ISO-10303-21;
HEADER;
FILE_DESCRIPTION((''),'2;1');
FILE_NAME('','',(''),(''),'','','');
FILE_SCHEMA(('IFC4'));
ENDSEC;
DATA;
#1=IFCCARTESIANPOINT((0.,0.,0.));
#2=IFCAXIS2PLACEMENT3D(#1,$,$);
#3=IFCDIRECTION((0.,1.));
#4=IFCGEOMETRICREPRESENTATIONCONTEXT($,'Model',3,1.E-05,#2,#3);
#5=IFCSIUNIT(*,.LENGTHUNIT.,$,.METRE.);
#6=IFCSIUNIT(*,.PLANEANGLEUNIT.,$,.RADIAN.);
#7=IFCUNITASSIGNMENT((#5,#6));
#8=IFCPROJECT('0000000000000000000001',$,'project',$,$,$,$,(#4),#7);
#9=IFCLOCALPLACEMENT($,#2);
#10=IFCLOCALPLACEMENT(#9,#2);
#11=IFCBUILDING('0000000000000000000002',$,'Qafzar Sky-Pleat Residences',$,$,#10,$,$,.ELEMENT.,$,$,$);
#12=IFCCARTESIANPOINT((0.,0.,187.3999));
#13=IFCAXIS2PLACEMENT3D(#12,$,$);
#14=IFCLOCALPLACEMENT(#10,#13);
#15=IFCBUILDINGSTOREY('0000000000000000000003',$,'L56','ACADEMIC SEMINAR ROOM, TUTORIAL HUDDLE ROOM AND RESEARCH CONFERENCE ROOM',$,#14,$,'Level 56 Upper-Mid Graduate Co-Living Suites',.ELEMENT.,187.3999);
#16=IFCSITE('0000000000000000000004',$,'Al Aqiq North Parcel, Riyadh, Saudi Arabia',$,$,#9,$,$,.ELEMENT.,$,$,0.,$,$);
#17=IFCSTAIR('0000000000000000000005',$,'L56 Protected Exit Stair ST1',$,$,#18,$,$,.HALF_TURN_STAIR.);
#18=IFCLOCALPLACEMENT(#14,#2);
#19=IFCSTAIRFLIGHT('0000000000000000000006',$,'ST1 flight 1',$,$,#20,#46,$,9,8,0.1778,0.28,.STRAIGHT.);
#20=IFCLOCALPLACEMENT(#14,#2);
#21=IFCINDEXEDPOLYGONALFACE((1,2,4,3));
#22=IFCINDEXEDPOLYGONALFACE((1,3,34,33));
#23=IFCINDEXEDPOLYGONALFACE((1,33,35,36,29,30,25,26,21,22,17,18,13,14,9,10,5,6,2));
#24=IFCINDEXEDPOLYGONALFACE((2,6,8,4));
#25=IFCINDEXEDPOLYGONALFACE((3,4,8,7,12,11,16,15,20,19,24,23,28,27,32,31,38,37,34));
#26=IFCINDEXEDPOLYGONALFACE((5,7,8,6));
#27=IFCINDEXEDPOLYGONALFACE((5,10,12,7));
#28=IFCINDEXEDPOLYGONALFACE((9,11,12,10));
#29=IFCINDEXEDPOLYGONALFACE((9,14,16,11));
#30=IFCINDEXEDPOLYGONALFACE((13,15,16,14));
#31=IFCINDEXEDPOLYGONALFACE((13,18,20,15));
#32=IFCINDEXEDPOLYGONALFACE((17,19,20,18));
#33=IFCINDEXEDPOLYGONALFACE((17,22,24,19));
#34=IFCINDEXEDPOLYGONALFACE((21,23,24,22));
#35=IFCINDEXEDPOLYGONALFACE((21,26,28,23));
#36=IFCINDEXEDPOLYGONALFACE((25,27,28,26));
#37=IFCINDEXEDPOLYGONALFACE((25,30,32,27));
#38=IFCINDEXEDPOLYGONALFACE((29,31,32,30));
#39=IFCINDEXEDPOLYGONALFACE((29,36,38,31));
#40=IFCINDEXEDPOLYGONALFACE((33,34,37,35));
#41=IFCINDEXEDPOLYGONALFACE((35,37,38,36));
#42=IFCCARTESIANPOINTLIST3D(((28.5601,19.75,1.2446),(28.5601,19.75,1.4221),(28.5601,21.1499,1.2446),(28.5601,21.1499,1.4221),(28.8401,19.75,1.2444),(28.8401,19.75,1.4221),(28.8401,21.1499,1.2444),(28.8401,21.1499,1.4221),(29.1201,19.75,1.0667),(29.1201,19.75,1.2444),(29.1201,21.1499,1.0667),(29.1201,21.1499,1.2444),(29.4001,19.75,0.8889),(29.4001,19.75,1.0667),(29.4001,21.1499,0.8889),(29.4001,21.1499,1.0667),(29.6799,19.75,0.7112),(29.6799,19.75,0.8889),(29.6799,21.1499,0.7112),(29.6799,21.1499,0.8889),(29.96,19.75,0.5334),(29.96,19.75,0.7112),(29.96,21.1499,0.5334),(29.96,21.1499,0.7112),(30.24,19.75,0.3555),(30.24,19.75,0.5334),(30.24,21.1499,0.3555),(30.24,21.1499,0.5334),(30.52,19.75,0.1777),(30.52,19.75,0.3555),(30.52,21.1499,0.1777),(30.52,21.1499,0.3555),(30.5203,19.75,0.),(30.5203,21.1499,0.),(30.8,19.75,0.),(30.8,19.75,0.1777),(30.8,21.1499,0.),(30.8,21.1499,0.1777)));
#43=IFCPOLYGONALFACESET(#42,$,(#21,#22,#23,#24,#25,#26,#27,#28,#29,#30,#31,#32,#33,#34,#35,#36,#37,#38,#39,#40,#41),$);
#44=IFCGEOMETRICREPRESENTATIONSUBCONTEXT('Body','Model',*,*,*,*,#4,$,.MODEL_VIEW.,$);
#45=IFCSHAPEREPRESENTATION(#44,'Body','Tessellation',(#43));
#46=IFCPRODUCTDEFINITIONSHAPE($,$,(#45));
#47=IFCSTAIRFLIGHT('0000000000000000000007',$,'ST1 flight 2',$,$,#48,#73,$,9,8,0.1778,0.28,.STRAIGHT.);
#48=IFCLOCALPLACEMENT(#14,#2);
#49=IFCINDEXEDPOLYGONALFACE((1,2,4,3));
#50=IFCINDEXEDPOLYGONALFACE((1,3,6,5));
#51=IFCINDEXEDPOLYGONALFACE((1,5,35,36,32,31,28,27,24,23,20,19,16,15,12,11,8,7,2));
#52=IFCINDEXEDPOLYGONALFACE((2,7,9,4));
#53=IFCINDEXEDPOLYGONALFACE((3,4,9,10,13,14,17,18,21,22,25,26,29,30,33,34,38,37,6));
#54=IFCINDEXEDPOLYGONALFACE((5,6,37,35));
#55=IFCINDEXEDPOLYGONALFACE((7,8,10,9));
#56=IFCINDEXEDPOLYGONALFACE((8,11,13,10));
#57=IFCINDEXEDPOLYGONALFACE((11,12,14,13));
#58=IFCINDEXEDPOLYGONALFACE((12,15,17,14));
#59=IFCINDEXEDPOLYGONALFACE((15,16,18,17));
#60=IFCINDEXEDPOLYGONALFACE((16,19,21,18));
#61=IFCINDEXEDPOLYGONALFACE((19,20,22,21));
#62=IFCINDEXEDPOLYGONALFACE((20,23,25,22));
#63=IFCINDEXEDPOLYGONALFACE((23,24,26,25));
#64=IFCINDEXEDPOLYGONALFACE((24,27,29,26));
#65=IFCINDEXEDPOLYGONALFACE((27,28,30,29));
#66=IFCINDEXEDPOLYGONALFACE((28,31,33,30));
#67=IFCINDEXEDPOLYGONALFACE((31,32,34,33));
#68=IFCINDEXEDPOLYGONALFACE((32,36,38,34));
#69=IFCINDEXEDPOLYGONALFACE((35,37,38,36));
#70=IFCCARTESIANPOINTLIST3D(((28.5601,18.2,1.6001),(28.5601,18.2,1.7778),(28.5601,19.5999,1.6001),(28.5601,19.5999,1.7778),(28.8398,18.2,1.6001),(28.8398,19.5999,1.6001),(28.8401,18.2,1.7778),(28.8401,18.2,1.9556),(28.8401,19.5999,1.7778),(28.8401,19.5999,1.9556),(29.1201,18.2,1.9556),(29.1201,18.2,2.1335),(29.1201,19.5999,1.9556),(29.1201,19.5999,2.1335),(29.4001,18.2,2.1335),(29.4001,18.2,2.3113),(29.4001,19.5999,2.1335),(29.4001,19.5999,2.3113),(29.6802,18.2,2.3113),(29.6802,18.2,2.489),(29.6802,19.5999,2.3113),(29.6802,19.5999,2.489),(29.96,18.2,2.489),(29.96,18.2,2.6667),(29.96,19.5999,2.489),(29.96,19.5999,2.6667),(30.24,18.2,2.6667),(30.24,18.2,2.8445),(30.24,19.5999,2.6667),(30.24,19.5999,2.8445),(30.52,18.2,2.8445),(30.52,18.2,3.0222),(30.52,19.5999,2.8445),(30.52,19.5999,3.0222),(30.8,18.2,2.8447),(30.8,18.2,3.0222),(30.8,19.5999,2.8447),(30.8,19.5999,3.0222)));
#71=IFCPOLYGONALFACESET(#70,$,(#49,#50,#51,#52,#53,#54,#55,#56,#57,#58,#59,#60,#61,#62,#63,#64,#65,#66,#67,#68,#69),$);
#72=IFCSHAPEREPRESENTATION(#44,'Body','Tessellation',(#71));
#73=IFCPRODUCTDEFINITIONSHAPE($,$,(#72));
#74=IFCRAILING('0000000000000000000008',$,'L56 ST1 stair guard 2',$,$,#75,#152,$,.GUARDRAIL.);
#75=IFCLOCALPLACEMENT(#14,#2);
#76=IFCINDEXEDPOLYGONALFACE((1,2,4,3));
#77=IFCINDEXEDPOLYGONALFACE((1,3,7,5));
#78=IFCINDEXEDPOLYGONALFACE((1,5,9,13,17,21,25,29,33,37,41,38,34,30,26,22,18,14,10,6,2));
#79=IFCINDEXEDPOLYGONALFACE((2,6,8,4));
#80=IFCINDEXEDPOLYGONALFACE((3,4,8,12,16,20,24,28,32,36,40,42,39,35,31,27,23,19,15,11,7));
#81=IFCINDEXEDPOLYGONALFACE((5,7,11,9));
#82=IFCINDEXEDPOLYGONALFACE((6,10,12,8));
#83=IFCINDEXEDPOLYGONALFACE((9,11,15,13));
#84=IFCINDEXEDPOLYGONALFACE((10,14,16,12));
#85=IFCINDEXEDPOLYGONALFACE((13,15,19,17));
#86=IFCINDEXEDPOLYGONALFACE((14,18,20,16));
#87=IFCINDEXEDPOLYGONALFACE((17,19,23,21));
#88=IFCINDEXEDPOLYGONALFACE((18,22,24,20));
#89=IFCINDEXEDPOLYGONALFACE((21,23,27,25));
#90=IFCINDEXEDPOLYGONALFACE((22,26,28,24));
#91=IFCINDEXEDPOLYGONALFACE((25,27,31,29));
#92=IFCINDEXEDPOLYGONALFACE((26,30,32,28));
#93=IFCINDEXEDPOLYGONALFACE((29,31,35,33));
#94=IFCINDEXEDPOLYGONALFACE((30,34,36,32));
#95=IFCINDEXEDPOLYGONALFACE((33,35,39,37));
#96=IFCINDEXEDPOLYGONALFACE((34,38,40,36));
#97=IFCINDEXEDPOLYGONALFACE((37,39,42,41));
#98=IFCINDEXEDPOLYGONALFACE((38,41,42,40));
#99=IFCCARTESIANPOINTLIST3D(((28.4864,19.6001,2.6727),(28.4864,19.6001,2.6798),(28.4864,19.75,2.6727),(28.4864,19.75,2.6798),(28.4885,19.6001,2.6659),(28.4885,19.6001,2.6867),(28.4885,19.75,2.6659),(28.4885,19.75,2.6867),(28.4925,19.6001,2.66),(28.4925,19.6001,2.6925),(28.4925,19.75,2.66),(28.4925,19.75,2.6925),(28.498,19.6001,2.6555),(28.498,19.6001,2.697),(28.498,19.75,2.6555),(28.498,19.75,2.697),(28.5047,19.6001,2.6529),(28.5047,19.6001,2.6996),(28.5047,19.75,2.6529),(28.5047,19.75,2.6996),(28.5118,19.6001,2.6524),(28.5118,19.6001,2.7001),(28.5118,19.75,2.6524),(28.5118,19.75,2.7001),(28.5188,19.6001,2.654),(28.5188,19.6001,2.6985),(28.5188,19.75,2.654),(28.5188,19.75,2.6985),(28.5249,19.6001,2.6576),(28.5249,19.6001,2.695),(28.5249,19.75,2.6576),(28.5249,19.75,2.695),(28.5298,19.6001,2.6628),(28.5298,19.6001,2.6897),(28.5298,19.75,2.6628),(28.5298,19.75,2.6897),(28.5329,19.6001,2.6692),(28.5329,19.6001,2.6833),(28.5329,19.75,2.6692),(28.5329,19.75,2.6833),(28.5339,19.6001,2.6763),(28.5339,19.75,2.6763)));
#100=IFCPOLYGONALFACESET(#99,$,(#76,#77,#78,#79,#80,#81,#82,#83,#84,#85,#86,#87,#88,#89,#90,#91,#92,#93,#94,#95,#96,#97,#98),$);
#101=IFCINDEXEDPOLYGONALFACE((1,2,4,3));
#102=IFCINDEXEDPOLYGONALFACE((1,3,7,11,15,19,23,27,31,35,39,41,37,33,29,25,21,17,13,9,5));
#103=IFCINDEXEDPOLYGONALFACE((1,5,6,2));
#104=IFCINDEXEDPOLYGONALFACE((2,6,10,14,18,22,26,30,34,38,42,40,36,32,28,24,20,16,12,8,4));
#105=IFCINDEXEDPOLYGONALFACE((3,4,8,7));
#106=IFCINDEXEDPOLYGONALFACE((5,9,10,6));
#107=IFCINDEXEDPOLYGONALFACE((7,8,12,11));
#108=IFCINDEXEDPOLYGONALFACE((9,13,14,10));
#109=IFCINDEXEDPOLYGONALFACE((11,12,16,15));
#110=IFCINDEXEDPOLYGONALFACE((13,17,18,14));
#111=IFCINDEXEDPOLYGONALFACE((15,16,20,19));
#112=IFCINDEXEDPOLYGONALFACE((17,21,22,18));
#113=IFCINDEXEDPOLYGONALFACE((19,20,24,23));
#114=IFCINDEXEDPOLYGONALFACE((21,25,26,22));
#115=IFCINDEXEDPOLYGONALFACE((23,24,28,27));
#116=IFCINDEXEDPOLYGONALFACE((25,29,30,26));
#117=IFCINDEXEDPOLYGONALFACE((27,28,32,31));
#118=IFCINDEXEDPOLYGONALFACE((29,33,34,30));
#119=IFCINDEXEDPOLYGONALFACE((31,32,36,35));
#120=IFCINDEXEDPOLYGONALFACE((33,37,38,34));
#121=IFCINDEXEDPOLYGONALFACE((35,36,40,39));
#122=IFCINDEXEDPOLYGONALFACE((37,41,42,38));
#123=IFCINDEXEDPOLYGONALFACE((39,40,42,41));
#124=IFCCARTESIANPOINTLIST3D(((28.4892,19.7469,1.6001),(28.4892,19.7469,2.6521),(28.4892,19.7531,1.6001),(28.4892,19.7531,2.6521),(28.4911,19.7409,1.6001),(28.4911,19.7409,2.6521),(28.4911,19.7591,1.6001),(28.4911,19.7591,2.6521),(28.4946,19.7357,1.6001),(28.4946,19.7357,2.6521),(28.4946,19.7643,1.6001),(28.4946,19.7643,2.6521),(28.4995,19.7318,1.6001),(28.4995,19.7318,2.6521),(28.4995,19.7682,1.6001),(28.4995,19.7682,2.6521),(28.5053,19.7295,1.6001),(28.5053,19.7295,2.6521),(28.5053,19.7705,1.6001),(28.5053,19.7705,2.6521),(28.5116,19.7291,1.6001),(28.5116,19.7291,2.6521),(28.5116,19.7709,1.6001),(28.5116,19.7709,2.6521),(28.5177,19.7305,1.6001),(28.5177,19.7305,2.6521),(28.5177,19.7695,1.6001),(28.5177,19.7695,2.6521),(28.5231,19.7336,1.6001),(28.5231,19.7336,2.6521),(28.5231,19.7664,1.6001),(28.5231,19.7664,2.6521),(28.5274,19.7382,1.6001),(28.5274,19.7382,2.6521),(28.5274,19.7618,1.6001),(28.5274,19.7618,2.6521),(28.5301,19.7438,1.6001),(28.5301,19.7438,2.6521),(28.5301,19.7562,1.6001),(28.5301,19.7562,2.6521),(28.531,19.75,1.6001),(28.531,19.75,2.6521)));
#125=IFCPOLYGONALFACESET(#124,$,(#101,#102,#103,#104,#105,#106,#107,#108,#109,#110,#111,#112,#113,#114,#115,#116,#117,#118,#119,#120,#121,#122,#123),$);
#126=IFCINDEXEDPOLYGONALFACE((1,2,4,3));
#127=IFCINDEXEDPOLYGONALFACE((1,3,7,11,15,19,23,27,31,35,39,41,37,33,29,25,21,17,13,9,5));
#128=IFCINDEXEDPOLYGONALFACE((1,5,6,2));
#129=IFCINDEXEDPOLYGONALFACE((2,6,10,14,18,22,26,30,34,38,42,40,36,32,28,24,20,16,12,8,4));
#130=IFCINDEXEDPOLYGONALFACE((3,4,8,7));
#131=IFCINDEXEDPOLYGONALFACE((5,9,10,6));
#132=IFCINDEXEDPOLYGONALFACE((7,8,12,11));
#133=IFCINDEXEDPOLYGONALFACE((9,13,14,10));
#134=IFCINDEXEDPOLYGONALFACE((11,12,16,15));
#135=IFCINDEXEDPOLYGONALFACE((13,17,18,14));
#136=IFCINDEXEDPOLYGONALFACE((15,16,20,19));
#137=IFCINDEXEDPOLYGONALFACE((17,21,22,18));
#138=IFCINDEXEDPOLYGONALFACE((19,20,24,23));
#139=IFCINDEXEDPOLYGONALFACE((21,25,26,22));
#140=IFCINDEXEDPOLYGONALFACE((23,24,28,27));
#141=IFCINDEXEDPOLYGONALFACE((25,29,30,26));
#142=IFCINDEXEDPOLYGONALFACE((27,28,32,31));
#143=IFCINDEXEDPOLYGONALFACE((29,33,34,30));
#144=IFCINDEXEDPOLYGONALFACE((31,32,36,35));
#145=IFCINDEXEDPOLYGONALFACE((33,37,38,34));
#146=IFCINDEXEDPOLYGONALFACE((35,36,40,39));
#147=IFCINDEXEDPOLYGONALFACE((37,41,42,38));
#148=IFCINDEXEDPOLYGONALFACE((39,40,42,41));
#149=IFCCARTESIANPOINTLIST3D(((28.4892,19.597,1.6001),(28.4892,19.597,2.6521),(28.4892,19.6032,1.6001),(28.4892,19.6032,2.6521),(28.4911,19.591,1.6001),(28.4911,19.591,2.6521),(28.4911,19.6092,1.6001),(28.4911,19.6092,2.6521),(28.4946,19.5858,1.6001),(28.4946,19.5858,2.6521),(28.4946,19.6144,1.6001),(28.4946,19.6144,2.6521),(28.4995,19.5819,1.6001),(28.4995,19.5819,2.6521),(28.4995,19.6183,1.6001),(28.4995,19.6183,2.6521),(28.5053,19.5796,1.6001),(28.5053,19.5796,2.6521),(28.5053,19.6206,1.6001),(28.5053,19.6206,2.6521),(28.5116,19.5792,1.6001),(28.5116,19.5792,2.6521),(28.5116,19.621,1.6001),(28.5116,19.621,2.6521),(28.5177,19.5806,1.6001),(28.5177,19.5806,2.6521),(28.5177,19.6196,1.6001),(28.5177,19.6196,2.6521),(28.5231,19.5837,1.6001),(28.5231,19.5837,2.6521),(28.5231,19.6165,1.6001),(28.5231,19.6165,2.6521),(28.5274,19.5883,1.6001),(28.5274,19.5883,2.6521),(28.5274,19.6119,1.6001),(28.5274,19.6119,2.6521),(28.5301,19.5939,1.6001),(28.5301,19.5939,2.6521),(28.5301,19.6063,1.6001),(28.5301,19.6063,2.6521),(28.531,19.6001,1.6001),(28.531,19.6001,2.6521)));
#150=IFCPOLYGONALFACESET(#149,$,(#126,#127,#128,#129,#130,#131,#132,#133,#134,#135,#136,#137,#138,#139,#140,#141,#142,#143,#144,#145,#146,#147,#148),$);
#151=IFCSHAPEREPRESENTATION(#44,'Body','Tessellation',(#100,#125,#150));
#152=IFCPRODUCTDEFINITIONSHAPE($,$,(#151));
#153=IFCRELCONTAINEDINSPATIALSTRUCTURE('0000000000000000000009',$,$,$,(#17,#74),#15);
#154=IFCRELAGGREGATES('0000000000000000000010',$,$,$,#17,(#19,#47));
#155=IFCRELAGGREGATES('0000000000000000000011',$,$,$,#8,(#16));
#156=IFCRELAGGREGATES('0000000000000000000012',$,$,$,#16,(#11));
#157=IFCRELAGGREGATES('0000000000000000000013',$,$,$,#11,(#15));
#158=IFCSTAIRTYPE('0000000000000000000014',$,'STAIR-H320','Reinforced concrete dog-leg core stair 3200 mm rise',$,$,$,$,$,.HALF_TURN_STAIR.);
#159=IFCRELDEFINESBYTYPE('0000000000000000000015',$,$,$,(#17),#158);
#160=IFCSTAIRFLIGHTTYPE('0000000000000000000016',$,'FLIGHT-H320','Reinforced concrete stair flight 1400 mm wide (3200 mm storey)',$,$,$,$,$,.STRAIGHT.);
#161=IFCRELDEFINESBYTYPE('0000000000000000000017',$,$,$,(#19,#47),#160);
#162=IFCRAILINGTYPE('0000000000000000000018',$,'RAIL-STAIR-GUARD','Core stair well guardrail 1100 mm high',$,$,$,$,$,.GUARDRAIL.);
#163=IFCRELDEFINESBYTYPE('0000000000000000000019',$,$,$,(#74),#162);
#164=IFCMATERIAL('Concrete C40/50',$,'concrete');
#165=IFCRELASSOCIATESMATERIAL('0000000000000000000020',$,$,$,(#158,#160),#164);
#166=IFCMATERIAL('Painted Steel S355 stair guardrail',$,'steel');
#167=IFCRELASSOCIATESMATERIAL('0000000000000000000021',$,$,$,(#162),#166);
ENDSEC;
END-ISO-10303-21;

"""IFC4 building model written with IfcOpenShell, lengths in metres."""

from ifc_helpers import new_model, si_unit, direction, frame, origin, origin_2d, place, context, subcontext, project, spatial, polyline, circle, outline, extrude, source, transform, mapped, material, type_object, element, aggregate, save


model = new_model("IFC4")

# Units and contexts
model_context = context("Model", 3, precision=1e-05, world=origin(), true_north=direction((0.0, 1.0)))
body_context = subcontext(model_context, "Body", "Model", "MODEL_VIEW")
ifc_project = project(units=[si_unit("LENGTHUNIT", "METRE"), si_unit("PLANEANGLEUNIT", "RADIAN")], contexts=[model_context])

# Site, building, storey
site_placement = place(None, origin())
site = spatial("IfcSite", under=ifc_project, at=site_placement, Name="Al Aqiq North Parcel, Riyadh, Saudi Arabia", CompositionType="ELEMENT", RefElevation=0.0)
building_placement = place(site_placement, origin())
building = spatial("IfcBuilding", under=site, at=building_placement, Name="Qafzar Sky-Pleat Residences", CompositionType="ELEMENT")
storey_placement = place(building_placement, frame((0.0, 0.0, 187.3999)))
storey = spatial("IfcBuildingStorey", under=building, at=storey_placement, Name="L56", Description="ACADEMIC SEMINAR ROOM, TUTORIAL HUDDLE ROOM AND RESEARCH CONFERENCE ROOM", LongName="Level 56 Upper-Mid Graduate Co-Living Suites", CompositionType="ELEMENT", Elevation=187.3999)

# Stair, stair flights
ifc_material_1 = material(Name="Concrete C40/50", Category="concrete")
stair_type = type_object("IfcStairType", Name="STAIR-H320", Description="Reinforced concrete dog-leg core stair 3200 mm rise", PredefinedType="HALF_TURN_STAIR", material=ifc_material_1)
stair_placement = place(storey_placement, origin())
stair = element("IfcStair", 1, at=stair_placement, inside=storey, type_object=stair_type, Name="L56 Protected Exit Stair ST1", PredefinedType="HALF_TURN_STAIR")
stair_flight_type = type_object("IfcStairFlightType", Name="FLIGHT-H320", Description="Reinforced concrete stair flight 1400 mm wide (3200 mm storey)", PredefinedType="STRAIGHT", material=ifc_material_1)
shared_shape_1 = source(origin(), body_context, "Body", "SweptSolid", [
    extrude(outline(polyline([(0.0, 0.0), (0.0, 0.1777), (0.28, 0.1777), (0.28, 0.3555), (0.5601, 0.3555), (0.5601, 0.5334), (0.8401, 0.5334), (0.8401, 0.7112), (1.1201, 0.7112), (1.1201, 0.8889), (1.3999, 0.8889), (1.3999, 1.0667), (1.6799, 1.0667), (1.6799, 1.2444), (1.96, 1.2444), (1.96, 1.4221), (2.24, 1.4221), (2.24, 1.6001), (2.24, 1.2446), (0.2798, 0.0), (0.0, 0.0)])), frame((0.0, 0.7, 0.0), z_axis=(0.0, -1.0, 0.0), x_axis=(1.0, 0.0, 0.0)), (0.0, 0.0, 1.0), 1.3999),
])
stair_flight_1_placement = place(storey_placement, frame((30.8, 20.45, 0.0), z_axis=(0.0, 0.0, 1.0), x_axis=(-1.0, 0.0, 0.0)))
stair_flight_1 = element("IfcStairFlight", 2, at=stair_flight_1_placement, type_object=stair_flight_type, Name="ST1 flight 1", NumberOfRisers=9, NumberOfTreads=8, PredefinedType="STRAIGHT", RiserHeight=0.1778, TreadLength=0.28, context=body_context, shape_type="MappedRepresentation", body=[
    mapped(shared_shape_1, transform((0.0, 0.0, 0.0), x_axis=(1.0, 0.0, 0.0), y_axis=(0.0, 1.0, 0.0), z_axis=(0.0, 0.0, 1.0), scale=1.0)),
])
stair_flight_2_placement = place(storey_placement, frame((28.5601, 18.8999, 1.6001), z_axis=(0.0, 0.0, 1.0), x_axis=(1.0, 0.0, 0.0)))
stair_flight_2 = element("IfcStairFlight", 3, at=stair_flight_2_placement, type_object=stair_flight_type, Name="ST1 flight 2", NumberOfRisers=9, NumberOfTreads=8, PredefinedType="STRAIGHT", RiserHeight=0.1778, TreadLength=0.28, context=body_context, shape_type="MappedRepresentation", body=[
    mapped(shared_shape_1, transform((0.0, 0.0, 0.0), x_axis=(1.0, 0.0, 0.0), y_axis=(0.0, 1.0, 0.0), z_axis=(0.0, 0.0, 1.0), scale=1.0)),
])
aggregate(stair, [stair_flight_1, stair_flight_2])

# Railing
ifc_material_2 = material(Name="Painted Steel S355 stair guardrail", Category="steel")
railing_type_1 = type_object("IfcRailingType", Name="RAIL-STAIR-GUARD", Description="Core stair well guardrail 1100 mm high", PredefinedType="GUARDRAIL", material=ifc_material_2)
shared_shape_2 = source(origin(), body_context, "Body", "SweptSolid", [
    extrude(circle(Radius=0.0239, at=origin_2d()), frame((0.0, 0.0, 1.0762), z_axis=(0.0, -1.0, 0.0), x_axis=(1.0, 0.0, 0.0)), (0.0, 0.0, 1.0), 0.1499),
    extrude(circle(Radius=0.021, at=origin_2d()), origin(), (0.0, 0.0, 1.0), 1.052),
    extrude(circle(Radius=0.021, at=origin_2d()), frame((0.0, -0.1499, 0.0)), (0.0, 0.0, 1.0), 1.052),
])
for number, where, name in (
    (4, (28.51, 19.75, 1.6001), "L56 ST1 stair guard 2"),
):
    element("IfcRailing", number, at=place(storey_placement, frame(where)), inside=storey, type_object=railing_type_1, Name=name, PredefinedType="GUARDRAIL", context=body_context, shape_type="MappedRepresentation", body=[
        mapped(shared_shape_2, transform((0.0, 0.0, 0.0), x_axis=(1.0, 0.0, 0.0), y_axis=(0.0, 1.0, 0.0), z_axis=(0.0, 0.0, 1.0), scale=1.0)),
    ])

save(model, "model.ifc")
